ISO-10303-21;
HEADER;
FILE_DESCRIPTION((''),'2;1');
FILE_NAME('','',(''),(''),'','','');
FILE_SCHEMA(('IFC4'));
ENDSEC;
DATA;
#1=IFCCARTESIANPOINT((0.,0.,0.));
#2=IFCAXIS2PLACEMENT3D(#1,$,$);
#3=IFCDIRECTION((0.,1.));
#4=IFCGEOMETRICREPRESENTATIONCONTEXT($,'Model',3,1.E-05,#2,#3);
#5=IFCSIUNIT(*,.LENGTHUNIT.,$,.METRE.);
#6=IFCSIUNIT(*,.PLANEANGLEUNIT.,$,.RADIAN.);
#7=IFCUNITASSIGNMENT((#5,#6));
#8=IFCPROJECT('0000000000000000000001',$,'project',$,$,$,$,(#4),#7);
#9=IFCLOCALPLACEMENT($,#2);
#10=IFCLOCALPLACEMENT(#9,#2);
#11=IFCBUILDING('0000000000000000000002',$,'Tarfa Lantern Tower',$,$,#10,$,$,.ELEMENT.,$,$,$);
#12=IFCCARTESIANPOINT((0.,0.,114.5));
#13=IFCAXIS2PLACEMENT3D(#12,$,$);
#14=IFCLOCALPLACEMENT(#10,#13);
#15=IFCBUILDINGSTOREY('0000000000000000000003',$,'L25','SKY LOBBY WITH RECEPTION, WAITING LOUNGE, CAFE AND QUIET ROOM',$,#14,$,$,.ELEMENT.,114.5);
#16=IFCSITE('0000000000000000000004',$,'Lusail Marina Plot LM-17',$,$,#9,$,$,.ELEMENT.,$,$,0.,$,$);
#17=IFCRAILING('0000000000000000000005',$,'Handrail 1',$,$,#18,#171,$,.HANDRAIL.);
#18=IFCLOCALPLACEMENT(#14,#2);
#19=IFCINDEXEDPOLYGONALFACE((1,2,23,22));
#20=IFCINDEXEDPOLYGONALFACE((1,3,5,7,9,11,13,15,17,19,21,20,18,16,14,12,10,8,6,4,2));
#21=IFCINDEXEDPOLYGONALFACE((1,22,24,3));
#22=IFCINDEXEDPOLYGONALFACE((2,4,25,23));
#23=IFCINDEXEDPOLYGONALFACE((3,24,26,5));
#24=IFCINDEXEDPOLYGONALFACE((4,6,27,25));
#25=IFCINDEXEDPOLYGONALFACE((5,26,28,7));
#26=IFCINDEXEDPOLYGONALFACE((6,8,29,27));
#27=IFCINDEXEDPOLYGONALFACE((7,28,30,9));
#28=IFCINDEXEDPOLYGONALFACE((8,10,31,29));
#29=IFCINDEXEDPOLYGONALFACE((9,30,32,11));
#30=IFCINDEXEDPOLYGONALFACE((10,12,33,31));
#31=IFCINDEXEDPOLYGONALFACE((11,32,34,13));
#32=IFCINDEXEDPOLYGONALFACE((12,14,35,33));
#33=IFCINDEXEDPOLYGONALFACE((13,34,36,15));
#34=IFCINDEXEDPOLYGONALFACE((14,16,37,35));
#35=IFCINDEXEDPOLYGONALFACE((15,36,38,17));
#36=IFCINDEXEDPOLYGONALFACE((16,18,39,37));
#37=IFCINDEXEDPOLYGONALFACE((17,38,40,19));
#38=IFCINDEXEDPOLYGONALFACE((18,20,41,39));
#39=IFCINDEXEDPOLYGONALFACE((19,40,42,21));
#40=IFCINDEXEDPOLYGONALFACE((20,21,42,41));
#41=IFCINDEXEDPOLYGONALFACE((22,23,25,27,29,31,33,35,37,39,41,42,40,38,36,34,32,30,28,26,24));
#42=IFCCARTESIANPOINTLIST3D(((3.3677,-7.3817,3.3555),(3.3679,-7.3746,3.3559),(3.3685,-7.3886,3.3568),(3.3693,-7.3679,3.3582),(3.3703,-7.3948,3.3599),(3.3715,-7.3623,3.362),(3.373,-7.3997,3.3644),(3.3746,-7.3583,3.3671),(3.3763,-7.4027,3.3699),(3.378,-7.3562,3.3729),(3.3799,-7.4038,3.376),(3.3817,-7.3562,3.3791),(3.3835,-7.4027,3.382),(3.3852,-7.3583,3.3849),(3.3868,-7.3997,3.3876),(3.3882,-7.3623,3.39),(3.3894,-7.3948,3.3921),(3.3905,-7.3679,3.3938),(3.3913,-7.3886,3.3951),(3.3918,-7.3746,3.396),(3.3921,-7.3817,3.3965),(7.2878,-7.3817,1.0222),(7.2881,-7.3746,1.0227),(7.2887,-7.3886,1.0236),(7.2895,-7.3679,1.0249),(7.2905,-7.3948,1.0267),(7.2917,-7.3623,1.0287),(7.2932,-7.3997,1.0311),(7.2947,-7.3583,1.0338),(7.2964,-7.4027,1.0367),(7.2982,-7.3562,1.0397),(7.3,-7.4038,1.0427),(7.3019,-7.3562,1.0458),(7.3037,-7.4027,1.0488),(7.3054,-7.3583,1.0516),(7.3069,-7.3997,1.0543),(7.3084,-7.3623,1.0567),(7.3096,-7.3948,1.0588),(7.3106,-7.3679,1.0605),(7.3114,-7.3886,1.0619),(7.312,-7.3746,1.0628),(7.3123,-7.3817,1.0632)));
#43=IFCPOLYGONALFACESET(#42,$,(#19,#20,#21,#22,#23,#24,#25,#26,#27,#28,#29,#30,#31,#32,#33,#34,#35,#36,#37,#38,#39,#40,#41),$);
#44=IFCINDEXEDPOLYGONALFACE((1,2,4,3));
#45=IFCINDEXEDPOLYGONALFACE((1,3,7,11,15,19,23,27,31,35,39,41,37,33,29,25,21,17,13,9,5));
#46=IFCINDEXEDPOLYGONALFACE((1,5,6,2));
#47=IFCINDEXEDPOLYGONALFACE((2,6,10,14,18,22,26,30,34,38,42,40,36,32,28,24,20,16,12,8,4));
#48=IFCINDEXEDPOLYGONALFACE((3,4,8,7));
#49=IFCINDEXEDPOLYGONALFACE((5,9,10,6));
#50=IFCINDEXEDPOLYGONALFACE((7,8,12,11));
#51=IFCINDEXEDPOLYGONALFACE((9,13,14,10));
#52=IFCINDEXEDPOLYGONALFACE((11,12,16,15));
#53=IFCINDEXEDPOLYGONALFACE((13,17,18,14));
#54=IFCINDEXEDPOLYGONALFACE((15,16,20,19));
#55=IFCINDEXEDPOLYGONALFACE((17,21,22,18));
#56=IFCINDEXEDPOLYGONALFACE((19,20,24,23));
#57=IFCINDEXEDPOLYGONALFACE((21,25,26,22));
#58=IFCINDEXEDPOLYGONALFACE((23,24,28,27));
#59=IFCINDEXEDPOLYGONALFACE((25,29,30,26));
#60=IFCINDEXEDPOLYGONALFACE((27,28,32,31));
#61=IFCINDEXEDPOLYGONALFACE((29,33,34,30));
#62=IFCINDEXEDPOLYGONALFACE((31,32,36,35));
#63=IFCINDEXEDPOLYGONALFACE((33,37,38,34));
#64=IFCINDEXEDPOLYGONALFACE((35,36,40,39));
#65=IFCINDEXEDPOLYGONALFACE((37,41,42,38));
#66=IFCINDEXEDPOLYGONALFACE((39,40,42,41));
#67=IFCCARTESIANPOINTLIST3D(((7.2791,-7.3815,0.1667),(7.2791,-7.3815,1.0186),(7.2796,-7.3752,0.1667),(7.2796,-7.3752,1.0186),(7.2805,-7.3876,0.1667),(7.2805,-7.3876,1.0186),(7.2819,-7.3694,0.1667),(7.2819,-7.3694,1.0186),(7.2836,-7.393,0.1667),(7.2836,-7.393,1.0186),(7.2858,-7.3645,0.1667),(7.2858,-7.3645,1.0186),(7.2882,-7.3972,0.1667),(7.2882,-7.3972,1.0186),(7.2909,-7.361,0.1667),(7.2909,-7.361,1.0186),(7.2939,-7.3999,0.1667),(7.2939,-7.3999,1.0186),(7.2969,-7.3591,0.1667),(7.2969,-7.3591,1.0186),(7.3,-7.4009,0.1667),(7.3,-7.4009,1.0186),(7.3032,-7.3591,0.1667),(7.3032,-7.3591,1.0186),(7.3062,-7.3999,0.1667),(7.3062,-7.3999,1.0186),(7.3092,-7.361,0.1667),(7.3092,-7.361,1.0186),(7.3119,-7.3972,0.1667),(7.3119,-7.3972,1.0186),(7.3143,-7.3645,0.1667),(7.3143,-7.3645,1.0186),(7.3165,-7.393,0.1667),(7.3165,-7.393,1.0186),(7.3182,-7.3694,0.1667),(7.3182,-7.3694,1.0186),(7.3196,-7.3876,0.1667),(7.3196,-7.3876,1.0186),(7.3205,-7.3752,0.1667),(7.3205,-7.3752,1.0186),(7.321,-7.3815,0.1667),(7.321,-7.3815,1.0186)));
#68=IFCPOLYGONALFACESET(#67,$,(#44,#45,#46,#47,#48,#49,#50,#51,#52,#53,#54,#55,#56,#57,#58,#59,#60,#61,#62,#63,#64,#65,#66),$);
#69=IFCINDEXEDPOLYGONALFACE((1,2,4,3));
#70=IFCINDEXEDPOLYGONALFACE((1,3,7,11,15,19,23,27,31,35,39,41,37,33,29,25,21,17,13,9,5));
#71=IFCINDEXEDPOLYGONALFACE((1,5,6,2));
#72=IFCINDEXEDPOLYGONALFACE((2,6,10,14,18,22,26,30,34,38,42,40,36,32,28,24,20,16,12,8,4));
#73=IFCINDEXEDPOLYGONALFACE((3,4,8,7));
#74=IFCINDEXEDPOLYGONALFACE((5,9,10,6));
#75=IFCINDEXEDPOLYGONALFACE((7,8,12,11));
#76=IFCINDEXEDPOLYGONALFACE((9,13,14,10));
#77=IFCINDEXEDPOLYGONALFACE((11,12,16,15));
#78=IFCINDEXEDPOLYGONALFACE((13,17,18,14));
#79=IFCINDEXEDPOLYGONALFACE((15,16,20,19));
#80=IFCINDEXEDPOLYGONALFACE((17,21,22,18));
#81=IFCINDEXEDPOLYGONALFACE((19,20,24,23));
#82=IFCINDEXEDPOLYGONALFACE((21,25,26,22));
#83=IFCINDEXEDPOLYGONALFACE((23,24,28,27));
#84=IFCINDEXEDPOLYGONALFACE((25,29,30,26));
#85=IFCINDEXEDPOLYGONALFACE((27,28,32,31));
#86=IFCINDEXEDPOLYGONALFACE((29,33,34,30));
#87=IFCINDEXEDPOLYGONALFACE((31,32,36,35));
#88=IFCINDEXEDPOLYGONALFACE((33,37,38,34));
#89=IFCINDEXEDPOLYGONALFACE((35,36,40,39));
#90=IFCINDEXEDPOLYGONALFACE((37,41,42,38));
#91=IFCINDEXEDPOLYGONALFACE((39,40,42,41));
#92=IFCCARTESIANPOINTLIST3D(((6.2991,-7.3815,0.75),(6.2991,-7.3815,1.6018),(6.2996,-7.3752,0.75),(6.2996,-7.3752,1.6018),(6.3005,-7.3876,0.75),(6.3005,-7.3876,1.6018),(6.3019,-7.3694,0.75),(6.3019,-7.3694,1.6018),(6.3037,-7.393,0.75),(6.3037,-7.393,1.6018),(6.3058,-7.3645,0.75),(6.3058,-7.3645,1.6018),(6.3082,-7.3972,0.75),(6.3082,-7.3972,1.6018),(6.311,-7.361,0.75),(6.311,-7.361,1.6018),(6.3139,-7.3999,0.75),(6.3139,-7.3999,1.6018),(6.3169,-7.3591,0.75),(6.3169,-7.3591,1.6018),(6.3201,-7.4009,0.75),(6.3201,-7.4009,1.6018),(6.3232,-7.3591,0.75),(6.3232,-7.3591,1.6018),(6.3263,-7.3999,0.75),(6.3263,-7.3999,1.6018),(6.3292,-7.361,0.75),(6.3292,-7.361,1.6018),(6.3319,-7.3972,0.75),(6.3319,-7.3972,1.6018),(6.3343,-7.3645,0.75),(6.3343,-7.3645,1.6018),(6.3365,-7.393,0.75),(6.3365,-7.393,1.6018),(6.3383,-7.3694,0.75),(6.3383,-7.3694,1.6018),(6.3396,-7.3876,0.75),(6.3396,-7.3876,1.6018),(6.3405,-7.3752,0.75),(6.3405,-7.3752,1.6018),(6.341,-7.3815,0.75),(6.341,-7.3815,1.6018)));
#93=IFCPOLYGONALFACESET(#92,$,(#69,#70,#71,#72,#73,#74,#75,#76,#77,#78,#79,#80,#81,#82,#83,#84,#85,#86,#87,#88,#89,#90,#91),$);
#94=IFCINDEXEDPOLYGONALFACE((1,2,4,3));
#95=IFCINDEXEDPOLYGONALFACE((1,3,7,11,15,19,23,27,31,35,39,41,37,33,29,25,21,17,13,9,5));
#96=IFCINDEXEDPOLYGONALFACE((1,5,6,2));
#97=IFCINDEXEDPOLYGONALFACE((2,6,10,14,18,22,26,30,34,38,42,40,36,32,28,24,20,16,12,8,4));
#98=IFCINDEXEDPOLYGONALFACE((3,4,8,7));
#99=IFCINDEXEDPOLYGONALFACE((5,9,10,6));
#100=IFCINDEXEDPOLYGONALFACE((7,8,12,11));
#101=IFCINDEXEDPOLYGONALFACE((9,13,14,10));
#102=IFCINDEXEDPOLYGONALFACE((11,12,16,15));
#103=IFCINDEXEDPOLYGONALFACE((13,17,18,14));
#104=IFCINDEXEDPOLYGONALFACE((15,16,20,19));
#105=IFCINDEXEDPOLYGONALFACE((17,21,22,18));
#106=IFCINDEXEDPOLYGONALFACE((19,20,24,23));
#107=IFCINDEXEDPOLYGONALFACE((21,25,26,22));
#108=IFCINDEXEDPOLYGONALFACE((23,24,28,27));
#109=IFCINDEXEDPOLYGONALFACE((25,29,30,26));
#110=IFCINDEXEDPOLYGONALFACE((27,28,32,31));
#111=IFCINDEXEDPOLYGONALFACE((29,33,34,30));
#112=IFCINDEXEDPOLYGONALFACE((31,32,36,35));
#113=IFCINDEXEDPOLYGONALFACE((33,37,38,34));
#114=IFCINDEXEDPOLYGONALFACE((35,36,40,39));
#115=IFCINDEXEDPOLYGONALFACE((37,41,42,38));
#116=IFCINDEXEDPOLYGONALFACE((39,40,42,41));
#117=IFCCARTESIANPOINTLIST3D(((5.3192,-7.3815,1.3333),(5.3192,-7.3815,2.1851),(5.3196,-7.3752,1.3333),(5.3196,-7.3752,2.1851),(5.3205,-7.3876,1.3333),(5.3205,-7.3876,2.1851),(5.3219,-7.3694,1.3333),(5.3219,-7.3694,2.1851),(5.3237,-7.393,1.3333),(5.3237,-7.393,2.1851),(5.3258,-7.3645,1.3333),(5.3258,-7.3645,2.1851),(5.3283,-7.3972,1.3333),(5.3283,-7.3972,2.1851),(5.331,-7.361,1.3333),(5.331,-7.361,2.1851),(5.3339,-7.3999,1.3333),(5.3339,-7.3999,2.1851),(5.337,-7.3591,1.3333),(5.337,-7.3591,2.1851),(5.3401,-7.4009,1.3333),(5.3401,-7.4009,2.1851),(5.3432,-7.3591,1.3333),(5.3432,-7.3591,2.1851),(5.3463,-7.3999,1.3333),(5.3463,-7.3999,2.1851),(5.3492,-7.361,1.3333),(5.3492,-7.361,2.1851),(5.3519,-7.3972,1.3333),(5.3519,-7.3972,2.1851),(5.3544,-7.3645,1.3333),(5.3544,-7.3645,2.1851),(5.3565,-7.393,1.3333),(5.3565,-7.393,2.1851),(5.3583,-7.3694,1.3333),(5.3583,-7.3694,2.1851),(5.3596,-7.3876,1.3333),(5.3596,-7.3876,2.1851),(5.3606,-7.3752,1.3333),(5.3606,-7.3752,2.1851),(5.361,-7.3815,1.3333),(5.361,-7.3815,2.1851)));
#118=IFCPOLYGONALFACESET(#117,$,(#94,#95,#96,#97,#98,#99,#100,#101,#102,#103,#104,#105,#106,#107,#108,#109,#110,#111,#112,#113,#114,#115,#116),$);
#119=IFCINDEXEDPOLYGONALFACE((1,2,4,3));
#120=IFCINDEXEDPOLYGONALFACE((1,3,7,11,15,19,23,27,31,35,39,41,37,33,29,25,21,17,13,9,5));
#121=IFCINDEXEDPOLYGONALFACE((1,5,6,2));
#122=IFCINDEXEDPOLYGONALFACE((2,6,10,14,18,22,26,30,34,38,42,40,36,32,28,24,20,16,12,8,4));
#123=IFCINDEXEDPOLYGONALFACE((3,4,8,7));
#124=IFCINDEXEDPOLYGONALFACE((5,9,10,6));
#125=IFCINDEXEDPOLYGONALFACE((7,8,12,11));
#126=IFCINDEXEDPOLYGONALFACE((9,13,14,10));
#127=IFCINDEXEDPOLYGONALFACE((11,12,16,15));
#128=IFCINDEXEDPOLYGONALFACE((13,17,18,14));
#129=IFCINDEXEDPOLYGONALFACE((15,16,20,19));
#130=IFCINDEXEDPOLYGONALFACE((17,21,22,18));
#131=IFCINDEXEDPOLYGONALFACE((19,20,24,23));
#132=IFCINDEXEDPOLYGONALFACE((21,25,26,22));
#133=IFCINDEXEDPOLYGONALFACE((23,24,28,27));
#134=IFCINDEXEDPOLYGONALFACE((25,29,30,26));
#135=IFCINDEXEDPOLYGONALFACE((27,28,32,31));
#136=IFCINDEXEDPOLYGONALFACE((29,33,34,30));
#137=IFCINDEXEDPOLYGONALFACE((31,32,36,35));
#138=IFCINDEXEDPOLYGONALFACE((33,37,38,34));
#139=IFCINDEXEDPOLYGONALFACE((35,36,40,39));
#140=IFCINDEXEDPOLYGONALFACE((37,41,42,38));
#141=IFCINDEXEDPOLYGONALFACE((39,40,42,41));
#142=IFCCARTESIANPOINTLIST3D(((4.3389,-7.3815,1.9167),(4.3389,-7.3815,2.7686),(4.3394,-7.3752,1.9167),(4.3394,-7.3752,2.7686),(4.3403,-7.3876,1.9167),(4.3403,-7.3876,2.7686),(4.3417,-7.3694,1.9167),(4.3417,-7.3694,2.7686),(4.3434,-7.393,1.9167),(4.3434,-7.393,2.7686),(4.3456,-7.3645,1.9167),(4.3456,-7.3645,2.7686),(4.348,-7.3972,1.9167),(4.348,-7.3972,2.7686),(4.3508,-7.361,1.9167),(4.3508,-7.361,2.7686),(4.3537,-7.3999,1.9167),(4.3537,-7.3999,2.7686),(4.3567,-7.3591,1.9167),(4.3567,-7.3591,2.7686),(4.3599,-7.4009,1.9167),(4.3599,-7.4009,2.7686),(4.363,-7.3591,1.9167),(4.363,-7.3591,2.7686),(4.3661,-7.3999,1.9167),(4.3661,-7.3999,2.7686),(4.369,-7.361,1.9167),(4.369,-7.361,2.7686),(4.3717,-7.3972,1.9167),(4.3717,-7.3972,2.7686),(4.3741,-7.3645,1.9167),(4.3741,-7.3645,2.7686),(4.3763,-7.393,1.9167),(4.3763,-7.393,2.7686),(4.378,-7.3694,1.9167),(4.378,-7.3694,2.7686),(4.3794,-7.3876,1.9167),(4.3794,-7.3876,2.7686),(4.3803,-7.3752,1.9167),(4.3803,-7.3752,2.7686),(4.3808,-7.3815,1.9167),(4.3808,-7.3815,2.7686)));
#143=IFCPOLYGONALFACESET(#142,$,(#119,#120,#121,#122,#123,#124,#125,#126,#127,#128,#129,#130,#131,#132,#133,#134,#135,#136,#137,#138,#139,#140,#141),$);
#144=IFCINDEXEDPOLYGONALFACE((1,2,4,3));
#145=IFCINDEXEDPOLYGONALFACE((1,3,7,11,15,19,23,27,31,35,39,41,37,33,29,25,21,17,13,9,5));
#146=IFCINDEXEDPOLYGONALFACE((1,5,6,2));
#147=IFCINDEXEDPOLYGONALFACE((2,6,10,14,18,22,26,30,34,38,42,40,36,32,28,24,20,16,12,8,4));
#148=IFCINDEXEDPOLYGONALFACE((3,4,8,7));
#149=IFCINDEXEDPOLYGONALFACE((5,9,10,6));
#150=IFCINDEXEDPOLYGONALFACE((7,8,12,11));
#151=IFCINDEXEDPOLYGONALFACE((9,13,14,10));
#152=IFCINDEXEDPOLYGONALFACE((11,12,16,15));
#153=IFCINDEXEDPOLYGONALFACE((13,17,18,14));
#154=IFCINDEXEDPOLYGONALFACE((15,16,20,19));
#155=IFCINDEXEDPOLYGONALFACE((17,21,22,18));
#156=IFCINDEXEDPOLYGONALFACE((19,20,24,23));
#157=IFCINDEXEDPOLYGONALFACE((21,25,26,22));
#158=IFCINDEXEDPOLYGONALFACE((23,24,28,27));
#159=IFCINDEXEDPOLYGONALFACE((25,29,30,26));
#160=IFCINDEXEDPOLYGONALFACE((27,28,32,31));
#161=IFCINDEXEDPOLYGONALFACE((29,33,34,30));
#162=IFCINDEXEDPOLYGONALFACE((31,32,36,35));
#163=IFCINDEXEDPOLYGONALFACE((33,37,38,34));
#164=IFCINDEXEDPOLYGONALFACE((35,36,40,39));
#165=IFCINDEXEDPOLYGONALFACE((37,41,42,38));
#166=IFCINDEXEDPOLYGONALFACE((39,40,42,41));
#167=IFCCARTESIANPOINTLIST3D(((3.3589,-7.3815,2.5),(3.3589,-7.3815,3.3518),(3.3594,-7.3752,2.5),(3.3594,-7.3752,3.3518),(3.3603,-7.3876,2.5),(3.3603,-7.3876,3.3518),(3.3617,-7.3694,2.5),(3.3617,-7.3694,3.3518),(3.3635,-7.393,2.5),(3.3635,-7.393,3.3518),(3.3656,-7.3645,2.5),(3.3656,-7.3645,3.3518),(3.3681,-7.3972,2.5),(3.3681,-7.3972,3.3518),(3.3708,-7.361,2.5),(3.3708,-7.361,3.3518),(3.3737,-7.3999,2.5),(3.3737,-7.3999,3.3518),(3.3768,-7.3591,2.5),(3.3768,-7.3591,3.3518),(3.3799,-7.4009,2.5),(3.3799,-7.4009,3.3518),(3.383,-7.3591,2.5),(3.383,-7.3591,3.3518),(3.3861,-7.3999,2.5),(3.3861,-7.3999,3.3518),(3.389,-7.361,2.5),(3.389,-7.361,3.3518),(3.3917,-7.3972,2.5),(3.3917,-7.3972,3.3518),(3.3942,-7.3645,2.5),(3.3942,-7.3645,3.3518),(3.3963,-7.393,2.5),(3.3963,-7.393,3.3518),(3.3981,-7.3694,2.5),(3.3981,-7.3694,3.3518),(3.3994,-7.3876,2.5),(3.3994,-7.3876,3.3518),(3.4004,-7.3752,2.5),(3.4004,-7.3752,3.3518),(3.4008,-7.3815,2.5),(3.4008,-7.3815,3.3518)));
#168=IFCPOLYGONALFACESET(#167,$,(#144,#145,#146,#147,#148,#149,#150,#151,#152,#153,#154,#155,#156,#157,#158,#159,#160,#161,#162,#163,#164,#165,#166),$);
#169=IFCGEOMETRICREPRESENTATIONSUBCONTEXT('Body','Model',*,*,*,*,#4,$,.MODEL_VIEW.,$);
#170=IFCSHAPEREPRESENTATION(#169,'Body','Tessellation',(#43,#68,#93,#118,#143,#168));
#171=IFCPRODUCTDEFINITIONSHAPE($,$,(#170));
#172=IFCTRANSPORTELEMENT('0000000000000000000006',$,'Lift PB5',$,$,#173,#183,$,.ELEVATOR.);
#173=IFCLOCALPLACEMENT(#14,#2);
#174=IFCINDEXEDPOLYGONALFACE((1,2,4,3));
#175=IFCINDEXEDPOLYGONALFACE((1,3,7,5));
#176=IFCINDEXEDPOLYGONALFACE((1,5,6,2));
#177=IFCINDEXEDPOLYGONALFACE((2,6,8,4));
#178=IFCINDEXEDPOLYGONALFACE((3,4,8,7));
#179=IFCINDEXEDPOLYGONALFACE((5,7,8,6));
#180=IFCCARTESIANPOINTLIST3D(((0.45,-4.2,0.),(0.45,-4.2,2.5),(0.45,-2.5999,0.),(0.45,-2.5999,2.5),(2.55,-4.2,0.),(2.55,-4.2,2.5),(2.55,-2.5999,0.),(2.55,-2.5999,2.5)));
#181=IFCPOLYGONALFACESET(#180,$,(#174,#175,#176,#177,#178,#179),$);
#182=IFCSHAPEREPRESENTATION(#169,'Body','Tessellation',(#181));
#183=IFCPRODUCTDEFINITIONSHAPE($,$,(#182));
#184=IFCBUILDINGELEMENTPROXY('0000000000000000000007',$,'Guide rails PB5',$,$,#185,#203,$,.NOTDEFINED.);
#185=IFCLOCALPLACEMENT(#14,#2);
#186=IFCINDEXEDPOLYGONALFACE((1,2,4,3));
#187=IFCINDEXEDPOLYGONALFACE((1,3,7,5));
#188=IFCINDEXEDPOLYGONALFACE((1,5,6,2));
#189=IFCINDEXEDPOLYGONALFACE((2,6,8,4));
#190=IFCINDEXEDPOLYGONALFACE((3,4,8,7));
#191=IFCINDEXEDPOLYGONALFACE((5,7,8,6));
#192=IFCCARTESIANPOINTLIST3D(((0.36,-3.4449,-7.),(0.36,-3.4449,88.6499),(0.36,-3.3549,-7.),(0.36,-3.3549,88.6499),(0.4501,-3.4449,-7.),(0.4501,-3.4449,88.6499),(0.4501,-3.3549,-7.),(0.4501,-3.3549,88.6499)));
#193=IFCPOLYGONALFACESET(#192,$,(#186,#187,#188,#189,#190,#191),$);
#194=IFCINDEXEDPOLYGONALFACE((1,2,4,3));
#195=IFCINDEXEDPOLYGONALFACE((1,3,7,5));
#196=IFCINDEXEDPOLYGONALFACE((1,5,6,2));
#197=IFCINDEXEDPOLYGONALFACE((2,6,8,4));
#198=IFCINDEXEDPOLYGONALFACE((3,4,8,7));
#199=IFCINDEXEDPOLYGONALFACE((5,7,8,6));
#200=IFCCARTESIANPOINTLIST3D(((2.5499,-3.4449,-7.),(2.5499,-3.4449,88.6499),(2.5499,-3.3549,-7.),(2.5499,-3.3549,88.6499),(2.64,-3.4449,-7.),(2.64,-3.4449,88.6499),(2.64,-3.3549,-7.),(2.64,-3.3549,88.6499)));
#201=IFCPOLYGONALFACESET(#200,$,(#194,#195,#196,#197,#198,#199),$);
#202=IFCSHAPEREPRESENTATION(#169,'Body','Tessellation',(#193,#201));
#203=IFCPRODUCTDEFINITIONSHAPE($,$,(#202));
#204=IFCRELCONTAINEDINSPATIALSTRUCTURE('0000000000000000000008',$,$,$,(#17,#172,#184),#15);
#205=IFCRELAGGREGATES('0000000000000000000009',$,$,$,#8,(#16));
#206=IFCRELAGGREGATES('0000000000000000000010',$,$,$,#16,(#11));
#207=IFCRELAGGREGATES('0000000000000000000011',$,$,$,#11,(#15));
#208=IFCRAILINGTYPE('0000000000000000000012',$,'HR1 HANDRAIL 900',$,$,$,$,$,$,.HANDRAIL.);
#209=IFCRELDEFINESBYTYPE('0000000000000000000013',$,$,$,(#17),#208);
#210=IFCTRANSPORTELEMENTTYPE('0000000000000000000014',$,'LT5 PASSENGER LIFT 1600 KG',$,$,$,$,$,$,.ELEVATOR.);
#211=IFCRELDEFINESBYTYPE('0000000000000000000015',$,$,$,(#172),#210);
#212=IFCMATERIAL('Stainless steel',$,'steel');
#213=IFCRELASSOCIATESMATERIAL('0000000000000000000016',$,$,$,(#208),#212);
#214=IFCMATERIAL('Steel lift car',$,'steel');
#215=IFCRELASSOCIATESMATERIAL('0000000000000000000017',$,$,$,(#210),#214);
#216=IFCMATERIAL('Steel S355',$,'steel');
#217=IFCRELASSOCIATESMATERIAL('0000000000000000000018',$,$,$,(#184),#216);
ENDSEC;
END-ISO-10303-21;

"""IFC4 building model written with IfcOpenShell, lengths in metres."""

from ifc_helpers import new_model, si_unit, direction, frame, frame_2d, origin, origin_2d, place, context, subcontext, project, spatial, rectangle, circle, extrude, material, type_object, element, save


model = new_model("IFC4")

# Units and contexts
model_context = context("Model", 3, precision=1e-05, world=origin(), true_north=direction((0.0, 1.0)))
body_context = subcontext(model_context, "Body", "Model", "MODEL_VIEW")
ifc_project = project(units=[si_unit("LENGTHUNIT", "METRE"), si_unit("PLANEANGLEUNIT", "RADIAN")], contexts=[model_context])

# Site, building, storey
site_placement = place(None, origin())
site = spatial("IfcSite", under=ifc_project, at=site_placement, Name="Lusail Marina Plot LM-17", CompositionType="ELEMENT", RefElevation=0.0)
building_placement = place(site_placement, origin())
building = spatial("IfcBuilding", under=site, at=building_placement, Name="Tarfa Lantern Tower", CompositionType="ELEMENT")
storey_placement = place(building_placement, frame((0.0, 0.0, 114.5)))
storey = spatial("IfcBuildingStorey", under=building, at=storey_placement, Name="L25", Description="SKY LOBBY WITH RECEPTION, WAITING LOUNGE, CAFE AND QUIET ROOM", CompositionType="ELEMENT", Elevation=114.5)

# Railing
ifc_material_1 = material(Name="Stainless steel", Category="steel")
railing_type = type_object("IfcRailingType", Name="HR1 HANDRAIL 900", PredefinedType="HANDRAIL", material=ifc_material_1)
railing_placement = place(storey_placement, frame((7.3, -7.3799, 0.1667)))
element("IfcRailing", 1, at=railing_placement, inside=storey, type_object=railing_type, Name="Handrail 1", PredefinedType="HANDRAIL", context=body_context, shape_type="SweptSolid", body=[
    extrude(circle(Radius=0.0239, at=origin_2d()), frame((0.0, 0.0, 0.876), z_axis=(-0.85931, 0.0, 0.511455), x_axis=(0.0, -1.0, 0.0)), (0.0, 0.0, 1.0), 4.562),
    extrude(circle(Radius=0.021, at=origin_2d()), frame((0.0, 0.0, 0.0), z_axis=(0.0, 0.0, 1.0), x_axis=(0.0, -1.0, 0.0)), (0.0, 0.0, 1.0), 0.8518),
    extrude(circle(Radius=0.021, at=origin_2d()), frame((-0.98, 0.0, 0.5833), z_axis=(0.0, 0.0, 1.0), x_axis=(0.0, -1.0, 0.0)), (0.0, 0.0, 1.0), 0.8518),
    extrude(circle(Radius=0.021, at=origin_2d()), frame((-1.96, 0.0, 1.1665), z_axis=(0.0, 0.0, 1.0), x_axis=(0.0, -1.0, 0.0)), (0.0, 0.0, 1.0), 0.8518),
    extrude(circle(Radius=0.021, at=origin_2d()), frame((-2.9402, 0.0, 1.75), z_axis=(0.0, 0.0, 1.0), x_axis=(0.0, -1.0, 0.0)), (0.0, 0.0, 1.0), 0.8518),
    extrude(circle(Radius=0.021, at=origin_2d()), frame((-3.9202, 0.0, 2.3333), z_axis=(0.0, 0.0, 1.0), x_axis=(0.0, -1.0, 0.0)), (0.0, 0.0, 1.0), 0.8518),
])

# Transport element
ifc_material_2 = material(Name="Steel lift car", Category="steel")
transport_element_type = type_object("IfcTransportElementType", Name="LT5 PASSENGER LIFT 1600 KG", PredefinedType="ELEVATOR", material=ifc_material_2)
transport_element_placement = place(storey_placement, frame((1.5, -3.3999, 0.0), z_axis=(0.0, 0.0, 1.0), x_axis=(1.0, 0.0, 0.0)))
element("IfcTransportElement", 2, at=transport_element_placement, inside=storey, type_object=transport_element_type, Name="Lift PB5", PredefinedType="ELEVATOR", context=body_context, shape_type="SweptSolid", body=[
    extrude(rectangle(XDim=2.1001, YDim=1.6001, at=origin_2d()), origin(), (0.0, 0.0, 1.0), 2.5),
])

# Building element proxy
ifc_material_3 = material(Name="Steel S355", Category="steel")
proxy_placement = place(storey_placement, frame((0.405, -3.3999, -7.0), z_axis=(0.0, 0.0, 1.0), x_axis=(1.0, 0.0, 0.0)))
element("IfcBuildingElementProxy", 3, at=proxy_placement, inside=storey, material=ifc_material_3, Name="Guide rails PB5", PredefinedType="NOTDEFINED", context=body_context, shape_type="SweptSolid", body=[
    extrude(rectangle(XDim=0.0901, YDim=0.0901, at=origin_2d()), origin(), (0.0, 0.0, 1.0), 95.6499),
    extrude(rectangle(XDim=0.0901, YDim=0.0901, at=frame_2d((2.1899, 0.0))), origin(), (0.0, 0.0, 1.0), 95.6499),
])

save(model, "model.ifc")
